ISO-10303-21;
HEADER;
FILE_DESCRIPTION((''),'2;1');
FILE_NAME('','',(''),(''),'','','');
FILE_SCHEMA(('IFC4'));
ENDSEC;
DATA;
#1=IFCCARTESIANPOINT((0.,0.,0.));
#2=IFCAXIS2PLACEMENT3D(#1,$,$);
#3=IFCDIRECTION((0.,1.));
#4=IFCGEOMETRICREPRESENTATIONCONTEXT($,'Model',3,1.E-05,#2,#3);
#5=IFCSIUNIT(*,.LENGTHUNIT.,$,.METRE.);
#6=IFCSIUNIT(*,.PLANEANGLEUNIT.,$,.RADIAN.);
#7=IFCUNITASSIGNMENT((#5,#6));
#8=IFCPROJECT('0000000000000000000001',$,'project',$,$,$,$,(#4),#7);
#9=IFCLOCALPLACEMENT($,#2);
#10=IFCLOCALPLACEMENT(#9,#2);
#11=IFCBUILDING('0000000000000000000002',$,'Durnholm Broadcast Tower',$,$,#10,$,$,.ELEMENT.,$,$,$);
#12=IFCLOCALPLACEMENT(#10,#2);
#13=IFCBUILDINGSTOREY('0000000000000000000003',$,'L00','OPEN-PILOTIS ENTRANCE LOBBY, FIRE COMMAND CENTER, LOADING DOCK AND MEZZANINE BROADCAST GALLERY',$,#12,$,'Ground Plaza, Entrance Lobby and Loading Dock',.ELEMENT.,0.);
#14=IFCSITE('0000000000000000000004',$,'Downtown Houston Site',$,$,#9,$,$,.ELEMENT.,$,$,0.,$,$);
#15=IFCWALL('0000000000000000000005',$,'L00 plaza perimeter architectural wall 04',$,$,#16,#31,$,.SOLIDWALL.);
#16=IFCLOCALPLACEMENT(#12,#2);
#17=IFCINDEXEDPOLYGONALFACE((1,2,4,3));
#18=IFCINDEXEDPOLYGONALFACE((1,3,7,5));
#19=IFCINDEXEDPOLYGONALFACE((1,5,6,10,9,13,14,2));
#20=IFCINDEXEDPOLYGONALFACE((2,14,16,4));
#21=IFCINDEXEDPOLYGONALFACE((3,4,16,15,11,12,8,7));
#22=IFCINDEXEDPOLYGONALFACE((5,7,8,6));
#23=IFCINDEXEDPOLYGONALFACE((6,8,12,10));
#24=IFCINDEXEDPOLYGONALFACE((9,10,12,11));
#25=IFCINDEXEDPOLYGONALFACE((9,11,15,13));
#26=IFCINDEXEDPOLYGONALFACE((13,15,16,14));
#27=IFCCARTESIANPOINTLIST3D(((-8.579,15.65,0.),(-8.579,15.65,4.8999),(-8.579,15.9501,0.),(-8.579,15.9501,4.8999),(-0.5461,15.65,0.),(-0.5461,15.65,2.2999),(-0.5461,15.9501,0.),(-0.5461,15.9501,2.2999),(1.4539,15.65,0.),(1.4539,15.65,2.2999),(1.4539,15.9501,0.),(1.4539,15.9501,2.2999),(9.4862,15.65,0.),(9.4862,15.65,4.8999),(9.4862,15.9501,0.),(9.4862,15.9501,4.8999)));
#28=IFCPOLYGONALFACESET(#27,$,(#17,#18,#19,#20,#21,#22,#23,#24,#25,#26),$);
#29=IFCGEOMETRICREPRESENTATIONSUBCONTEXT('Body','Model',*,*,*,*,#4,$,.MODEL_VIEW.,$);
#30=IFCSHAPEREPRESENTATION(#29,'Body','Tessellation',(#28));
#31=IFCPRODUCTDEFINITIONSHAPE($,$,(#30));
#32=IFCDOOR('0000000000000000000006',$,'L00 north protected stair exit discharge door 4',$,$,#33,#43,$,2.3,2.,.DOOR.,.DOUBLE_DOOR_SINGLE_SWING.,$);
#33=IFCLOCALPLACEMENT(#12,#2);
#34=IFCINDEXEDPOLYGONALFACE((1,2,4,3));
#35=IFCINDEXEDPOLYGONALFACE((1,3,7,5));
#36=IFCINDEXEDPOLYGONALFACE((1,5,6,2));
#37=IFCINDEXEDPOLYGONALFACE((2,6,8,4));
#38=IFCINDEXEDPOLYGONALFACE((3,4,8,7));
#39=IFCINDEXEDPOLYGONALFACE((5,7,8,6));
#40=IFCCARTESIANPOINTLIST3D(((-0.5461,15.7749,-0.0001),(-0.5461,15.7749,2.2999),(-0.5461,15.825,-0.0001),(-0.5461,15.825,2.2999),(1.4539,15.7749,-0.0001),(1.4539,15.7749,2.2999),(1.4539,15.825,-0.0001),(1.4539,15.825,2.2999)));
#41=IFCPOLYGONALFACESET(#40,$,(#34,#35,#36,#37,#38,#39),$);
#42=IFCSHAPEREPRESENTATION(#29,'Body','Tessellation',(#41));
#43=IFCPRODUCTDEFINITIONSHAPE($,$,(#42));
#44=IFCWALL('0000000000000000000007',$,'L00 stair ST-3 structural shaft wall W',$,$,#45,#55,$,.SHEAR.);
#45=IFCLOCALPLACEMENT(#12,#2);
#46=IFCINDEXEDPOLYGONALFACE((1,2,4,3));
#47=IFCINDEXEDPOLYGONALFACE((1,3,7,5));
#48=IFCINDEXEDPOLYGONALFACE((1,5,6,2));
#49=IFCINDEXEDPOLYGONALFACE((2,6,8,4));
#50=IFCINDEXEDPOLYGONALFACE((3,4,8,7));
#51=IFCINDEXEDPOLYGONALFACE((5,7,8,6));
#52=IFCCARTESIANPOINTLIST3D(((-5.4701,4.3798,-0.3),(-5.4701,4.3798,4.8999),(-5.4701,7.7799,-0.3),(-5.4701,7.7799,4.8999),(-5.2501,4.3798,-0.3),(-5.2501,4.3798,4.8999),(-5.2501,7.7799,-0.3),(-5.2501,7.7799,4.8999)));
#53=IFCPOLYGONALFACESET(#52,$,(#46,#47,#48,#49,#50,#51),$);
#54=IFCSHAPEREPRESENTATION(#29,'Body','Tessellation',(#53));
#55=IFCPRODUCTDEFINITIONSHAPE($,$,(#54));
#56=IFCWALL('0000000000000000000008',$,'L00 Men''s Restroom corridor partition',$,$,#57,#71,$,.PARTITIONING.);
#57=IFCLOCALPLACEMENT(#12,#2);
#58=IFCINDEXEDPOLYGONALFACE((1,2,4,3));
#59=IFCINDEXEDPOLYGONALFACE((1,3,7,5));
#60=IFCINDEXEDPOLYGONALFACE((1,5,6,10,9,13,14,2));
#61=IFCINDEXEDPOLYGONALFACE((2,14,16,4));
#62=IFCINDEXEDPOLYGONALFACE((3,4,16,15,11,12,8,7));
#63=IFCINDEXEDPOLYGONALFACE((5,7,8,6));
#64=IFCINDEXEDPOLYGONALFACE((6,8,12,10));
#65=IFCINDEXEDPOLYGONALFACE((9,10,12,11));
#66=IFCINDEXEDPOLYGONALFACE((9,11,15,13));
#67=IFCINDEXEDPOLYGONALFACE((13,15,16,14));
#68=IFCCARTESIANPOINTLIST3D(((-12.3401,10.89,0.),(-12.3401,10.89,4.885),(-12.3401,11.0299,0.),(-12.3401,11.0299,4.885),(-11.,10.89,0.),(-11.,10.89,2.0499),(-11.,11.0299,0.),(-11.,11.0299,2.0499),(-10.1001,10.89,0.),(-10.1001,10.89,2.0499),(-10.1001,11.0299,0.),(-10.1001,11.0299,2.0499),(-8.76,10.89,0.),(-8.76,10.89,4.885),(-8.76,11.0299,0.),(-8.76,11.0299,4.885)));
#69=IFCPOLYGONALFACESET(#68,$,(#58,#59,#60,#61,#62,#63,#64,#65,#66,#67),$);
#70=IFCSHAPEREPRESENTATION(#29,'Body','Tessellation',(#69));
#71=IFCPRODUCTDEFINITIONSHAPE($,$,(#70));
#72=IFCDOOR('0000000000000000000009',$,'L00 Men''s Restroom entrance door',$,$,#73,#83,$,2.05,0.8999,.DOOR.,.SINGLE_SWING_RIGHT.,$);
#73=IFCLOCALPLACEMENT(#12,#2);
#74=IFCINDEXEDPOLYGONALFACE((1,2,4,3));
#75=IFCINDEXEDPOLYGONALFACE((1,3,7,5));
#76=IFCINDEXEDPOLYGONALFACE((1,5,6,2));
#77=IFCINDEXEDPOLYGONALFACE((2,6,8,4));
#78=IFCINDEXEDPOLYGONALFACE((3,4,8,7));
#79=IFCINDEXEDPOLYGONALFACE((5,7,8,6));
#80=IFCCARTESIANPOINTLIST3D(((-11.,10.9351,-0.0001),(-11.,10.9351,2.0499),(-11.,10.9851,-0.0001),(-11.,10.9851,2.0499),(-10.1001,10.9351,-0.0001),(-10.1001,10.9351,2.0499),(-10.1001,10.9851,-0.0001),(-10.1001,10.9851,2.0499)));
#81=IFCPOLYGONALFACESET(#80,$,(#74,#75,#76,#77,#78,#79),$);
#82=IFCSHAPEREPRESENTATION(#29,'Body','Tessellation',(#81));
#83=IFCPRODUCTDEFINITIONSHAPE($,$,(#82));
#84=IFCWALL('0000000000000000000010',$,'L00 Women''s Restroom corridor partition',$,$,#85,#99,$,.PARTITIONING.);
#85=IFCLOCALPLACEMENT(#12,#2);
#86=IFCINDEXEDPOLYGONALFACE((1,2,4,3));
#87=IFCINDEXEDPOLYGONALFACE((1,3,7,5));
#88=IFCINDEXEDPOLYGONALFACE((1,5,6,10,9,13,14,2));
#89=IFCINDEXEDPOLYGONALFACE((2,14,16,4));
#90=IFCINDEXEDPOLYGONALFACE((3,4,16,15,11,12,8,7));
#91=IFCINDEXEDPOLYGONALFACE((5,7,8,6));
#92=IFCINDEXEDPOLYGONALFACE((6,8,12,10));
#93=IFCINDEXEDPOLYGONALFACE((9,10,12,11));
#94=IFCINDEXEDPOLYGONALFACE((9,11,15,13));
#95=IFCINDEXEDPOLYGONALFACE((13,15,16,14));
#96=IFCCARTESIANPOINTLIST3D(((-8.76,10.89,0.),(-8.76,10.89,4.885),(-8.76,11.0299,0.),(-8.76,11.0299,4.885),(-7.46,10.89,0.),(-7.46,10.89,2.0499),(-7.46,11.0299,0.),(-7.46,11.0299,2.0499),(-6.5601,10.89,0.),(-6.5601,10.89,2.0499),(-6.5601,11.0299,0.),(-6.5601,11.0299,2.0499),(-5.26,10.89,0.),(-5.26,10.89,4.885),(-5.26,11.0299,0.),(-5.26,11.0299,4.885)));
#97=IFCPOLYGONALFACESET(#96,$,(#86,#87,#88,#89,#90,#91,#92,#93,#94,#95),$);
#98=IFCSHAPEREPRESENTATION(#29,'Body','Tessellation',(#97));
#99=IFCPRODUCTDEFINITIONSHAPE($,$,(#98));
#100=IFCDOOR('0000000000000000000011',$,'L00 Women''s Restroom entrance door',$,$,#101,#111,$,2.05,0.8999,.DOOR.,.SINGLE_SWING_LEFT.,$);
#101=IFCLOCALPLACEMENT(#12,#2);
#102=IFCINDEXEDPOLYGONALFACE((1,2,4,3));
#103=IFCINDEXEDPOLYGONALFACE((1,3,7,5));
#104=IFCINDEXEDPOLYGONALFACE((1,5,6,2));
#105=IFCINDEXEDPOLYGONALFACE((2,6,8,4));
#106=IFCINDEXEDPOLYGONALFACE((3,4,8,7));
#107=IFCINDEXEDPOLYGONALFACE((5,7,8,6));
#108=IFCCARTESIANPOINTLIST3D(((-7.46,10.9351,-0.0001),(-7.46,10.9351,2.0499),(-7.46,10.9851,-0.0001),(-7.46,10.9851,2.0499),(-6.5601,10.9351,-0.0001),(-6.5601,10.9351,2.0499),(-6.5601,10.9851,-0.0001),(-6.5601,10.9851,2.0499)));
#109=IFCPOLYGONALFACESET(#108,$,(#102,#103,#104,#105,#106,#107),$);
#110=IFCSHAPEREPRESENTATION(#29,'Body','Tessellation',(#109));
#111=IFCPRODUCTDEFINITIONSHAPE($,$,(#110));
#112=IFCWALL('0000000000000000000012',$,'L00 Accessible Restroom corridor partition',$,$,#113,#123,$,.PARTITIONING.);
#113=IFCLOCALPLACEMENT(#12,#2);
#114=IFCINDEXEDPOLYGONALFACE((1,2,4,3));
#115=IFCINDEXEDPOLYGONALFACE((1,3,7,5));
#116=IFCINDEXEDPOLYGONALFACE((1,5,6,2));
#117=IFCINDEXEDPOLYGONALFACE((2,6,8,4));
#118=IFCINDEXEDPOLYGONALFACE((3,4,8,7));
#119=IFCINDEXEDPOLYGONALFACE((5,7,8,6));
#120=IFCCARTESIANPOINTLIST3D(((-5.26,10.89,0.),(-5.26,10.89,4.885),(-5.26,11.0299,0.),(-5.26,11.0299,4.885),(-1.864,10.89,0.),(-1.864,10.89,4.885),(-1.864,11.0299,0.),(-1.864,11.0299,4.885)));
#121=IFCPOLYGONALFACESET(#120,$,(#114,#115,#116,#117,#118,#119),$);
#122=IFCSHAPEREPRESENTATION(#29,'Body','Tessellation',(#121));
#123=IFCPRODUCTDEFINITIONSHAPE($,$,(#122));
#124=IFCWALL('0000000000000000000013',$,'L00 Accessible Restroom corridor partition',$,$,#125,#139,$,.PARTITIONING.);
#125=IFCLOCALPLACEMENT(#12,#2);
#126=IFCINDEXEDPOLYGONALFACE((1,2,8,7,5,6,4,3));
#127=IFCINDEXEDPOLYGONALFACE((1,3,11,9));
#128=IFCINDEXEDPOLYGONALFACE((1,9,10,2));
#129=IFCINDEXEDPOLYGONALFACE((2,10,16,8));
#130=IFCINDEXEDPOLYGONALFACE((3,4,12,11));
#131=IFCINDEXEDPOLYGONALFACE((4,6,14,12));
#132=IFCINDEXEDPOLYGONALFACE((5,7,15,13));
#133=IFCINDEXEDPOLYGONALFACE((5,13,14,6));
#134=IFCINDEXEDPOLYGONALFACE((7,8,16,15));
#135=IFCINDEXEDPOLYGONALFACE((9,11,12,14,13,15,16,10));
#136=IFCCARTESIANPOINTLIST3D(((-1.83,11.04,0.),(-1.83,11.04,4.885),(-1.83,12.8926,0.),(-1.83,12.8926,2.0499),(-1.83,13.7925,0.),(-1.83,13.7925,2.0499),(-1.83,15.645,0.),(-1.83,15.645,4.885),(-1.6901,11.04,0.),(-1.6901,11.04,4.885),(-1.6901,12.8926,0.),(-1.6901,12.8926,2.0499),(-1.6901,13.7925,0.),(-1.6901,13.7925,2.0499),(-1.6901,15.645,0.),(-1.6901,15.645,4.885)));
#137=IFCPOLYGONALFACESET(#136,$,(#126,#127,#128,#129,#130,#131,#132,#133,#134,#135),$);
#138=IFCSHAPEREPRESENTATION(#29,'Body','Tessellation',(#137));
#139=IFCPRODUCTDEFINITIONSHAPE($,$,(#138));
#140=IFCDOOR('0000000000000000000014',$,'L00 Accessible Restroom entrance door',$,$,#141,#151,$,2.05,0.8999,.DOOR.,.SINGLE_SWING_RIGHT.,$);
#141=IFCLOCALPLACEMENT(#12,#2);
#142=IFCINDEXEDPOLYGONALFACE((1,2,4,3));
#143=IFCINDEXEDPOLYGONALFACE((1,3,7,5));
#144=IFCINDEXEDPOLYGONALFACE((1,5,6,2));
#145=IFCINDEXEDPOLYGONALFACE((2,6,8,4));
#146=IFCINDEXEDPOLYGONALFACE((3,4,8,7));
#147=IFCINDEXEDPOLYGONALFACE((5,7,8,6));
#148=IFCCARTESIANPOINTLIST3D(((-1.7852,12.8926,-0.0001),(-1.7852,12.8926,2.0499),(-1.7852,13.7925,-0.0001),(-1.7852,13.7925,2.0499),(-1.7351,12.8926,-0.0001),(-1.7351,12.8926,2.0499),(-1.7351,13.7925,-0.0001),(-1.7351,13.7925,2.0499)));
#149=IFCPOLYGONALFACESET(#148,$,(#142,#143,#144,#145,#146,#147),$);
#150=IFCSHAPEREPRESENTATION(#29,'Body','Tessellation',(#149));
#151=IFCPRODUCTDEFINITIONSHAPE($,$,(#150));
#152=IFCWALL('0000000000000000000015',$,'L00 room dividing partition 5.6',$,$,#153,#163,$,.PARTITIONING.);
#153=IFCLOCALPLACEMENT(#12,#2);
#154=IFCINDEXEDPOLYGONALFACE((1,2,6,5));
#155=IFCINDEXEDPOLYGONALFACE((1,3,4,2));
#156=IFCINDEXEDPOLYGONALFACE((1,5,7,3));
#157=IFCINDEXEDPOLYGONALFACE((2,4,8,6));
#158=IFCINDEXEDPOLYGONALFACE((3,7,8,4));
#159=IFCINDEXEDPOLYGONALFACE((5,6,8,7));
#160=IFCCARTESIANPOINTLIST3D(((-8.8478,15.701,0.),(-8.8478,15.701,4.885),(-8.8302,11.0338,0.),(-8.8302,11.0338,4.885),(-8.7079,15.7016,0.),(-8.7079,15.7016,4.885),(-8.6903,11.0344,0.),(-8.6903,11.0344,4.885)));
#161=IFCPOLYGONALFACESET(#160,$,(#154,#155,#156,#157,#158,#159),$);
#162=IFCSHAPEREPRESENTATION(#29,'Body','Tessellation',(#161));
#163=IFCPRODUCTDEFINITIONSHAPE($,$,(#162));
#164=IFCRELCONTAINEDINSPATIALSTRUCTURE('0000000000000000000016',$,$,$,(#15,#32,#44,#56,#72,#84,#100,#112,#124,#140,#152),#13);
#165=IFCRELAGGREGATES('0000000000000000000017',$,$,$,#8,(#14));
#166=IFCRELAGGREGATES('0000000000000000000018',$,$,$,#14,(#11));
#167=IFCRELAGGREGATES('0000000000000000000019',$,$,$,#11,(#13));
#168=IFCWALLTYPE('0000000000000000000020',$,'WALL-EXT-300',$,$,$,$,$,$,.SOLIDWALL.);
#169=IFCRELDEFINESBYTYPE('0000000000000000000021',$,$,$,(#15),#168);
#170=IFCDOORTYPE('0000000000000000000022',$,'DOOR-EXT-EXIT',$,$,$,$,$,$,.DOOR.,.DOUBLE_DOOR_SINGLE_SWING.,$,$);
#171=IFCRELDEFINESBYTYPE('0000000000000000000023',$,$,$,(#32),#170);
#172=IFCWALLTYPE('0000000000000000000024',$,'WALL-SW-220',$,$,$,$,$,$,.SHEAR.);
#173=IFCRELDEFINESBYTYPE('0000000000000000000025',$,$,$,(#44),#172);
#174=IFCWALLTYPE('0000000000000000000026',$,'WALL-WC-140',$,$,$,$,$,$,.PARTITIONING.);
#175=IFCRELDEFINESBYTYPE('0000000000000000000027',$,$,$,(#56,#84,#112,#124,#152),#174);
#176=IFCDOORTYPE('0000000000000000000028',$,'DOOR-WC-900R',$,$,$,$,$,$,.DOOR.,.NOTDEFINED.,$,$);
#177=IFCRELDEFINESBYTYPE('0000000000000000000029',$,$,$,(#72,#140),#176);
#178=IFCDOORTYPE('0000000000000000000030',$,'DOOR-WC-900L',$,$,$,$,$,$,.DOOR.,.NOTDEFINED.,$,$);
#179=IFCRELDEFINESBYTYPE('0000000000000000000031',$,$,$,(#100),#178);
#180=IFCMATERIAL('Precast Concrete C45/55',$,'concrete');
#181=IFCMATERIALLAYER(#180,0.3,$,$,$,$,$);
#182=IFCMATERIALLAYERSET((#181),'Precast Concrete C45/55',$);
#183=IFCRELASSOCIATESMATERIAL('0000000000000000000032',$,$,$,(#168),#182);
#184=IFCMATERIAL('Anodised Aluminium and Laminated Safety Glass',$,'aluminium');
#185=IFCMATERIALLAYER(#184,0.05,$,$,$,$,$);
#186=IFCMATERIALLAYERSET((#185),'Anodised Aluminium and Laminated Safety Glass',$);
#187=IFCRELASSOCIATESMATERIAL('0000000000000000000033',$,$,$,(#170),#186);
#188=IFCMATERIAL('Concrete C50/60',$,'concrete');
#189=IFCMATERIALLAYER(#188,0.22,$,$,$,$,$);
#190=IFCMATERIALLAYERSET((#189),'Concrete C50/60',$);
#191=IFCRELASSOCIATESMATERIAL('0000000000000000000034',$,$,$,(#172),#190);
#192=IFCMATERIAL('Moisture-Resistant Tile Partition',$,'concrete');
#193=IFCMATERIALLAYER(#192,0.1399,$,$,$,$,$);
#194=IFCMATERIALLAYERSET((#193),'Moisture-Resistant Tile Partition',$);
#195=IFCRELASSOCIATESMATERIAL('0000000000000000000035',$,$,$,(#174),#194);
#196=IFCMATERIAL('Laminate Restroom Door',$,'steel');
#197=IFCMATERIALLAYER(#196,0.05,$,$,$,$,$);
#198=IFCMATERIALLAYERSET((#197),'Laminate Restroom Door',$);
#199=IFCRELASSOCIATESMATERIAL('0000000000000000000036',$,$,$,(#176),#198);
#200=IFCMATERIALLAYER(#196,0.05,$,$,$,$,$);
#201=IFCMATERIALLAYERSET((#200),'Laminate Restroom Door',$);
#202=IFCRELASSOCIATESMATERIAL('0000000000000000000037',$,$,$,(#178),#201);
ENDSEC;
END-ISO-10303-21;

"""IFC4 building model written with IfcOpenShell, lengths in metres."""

from ifc_helpers import new_model, si_unit, direction, frame, frame_2d, origin, place, context, subcontext, project, spatial, rectangle, extrude, source, transform, mapped, material, layer, layer_set, type_object, type_shapes, element, fill, save


model = new_model("IFC4")

# Units and contexts
model_context = context("Model", 3, precision=1e-05, world=origin(), true_north=direction((0.0, 1.0)))
body_context = subcontext(model_context, "Body", "Model", "MODEL_VIEW")
ifc_project = project(units=[si_unit("LENGTHUNIT", "METRE"), si_unit("PLANEANGLEUNIT", "RADIAN")], contexts=[model_context])

# Site, building, storey
site_placement = place(None, origin())
site = spatial("IfcSite", under=ifc_project, at=site_placement, Name="Downtown Houston Site", CompositionType="ELEMENT", RefElevation=0.0)
building_placement = place(site_placement, origin())
building = spatial("IfcBuilding", under=site, at=building_placement, Name="Durnholm Broadcast Tower", CompositionType="ELEMENT")
storey_placement = place(building_placement, origin())
storey = spatial("IfcBuildingStorey", under=building, at=storey_placement, Name="L00", Description="OPEN-PILOTIS ENTRANCE LOBBY, FIRE COMMAND CENTER, LOADING DOCK AND MEZZANINE BROADCAST GALLERY", LongName="Ground Plaza, Entrance Lobby and Loading Dock", CompositionType="ELEMENT", Elevation=0.0)

# Wall, opening, door
ifc_material_1 = material(Name="Precast Concrete C45/55", Category="concrete")
ifc_layer_1 = layer(ifc_material_1, 0.3)
ifc_layer_set_1 = layer_set([ifc_layer_1], Name="Precast Concrete C45/55")
wall_type_1 = type_object("IfcWallType", Name="WALL-EXT-300", PredefinedType="SOLIDWALL", material=ifc_layer_set_1)
wall_1_placement = place(storey_placement, frame((-8.5791, 15.8, 0.0), z_axis=(0.0, 0.0, 1.0), x_axis=(1.0, 0.0, 0.0)))
wall_1 = element("IfcWall", 1, at=wall_1_placement, inside=storey, type_object=wall_type_1, Name="L00 plaza perimeter architectural wall 04", PredefinedType="SOLIDWALL", context=body_context, shape_type="SweptSolid", body=[
    extrude(rectangle(XDim=18.0652, YDim=0.3, at=frame_2d((9.0327, 0.0))), origin(), (0.0, 0.0, 1.0), 4.8999),
])
opening_1_placement = place(wall_1_placement, frame((8.033, 0.0, 0.0)))
opening_1 = element("IfcOpeningElement", 2, at=opening_1_placement, cuts=wall_1, PredefinedType="OPENING", context=body_context, shape_type="SweptSolid", body=[
    extrude(rectangle(XDim=2.0, YDim=2.3, at=frame_2d((1.0, 1.1499))), frame((0.0, 0.1602, 0.0), z_axis=(0.0, -1.0, 0.0), x_axis=(1.0, 0.0, 0.0)), (0.0, 0.0, 1.0), 0.3201),
])
ifc_material_2 = material(Name="Anodised Aluminium and Laminated Safety Glass", Category="aluminium")
ifc_layer_2 = layer(ifc_material_2, 0.05)
ifc_layer_set_2 = layer_set([ifc_layer_2], Name="Anodised Aluminium and Laminated Safety Glass")
door_type_1 = type_object("IfcDoorType", Name="DOOR-EXT-EXIT", OperationType="DOUBLE_DOOR_SINGLE_SWING", PredefinedType="DOOR", material=ifc_layer_set_2)
shared_shape_1 = source(origin(), body_context, "Body", "SweptSolid", [
    extrude(rectangle(XDim=2.0, YDim=2.3, at=frame_2d((1.0, 1.1499))), frame((0.0, 0.0249, 0.0), z_axis=(0.0, -1.0, 0.0), x_axis=(1.0, 0.0, 0.0)), (0.0, 0.0, 1.0), 0.05),
])
type_shapes(door_type_1, [shared_shape_1])
door_1_placement = place(opening_1_placement, origin())
door_1 = element("IfcDoor", 3, at=door_1_placement, inside=storey, type_object=door_type_1, Name="L00 north protected stair exit discharge door 4", OperationType="DOUBLE_DOOR_SINGLE_SWING", OverallHeight=2.3, OverallWidth=2.0, PredefinedType="DOOR", context=body_context, shape_type="MappedRepresentation", body=[
    mapped(shared_shape_1, transform((0.0, 0.0, 0.0), x_axis=(1.0, 0.0, 0.0), y_axis=(0.0, 1.0, 0.0), z_axis=(0.0, 0.0, 1.0), scale=1.0)),
])
fill(opening_1, door_1)

# Wall
ifc_material_3 = material(Name="Concrete C50/60", Category="concrete")
ifc_layer_3 = layer(ifc_material_3, 0.22)
ifc_layer_set_3 = layer_set([ifc_layer_3], Name="Concrete C50/60")
wall_type_2 = type_object("IfcWallType", Name="WALL-SW-220", PredefinedType="SHEAR", material=ifc_layer_set_3)
wall_2_placement = place(storey_placement, frame((-5.3601, 7.78, -0.3), z_axis=(0.0, 0.0, 1.0), x_axis=(0.0, -1.0, 0.0)))
element("IfcWall", 4, at=wall_2_placement, inside=storey, type_object=wall_type_2, Name="L00 stair ST-3 structural shaft wall W", PredefinedType="SHEAR", context=body_context, shape_type="SweptSolid", body=[
    extrude(rectangle(XDim=3.4001, YDim=0.22, at=frame_2d((1.7002, 0.0))), origin(), (0.0, 0.0, 1.0), 5.2),
])

# Walls, openings, doors
ifc_material_4 = material(Name="Moisture-Resistant Tile Partition", Category="concrete")
ifc_layer_4 = layer(ifc_material_4, 0.1399)
ifc_layer_set_4 = layer_set([ifc_layer_4], Name="Moisture-Resistant Tile Partition")
wall_type_3 = type_object("IfcWallType", Name="WALL-WC-140", PredefinedType="PARTITIONING", material=ifc_layer_set_4)
wall_3_placement = place(storey_placement, frame((-8.76, 10.96, 0.0), z_axis=(0.0, 0.0, 1.0), x_axis=(-1.0, 0.0, 0.0)))
wall_3 = element("IfcWall", 5, at=wall_3_placement, inside=storey, type_object=wall_type_3, Name="L00 Men's Restroom corridor partition", PredefinedType="PARTITIONING", context=body_context, shape_type="SweptSolid", body=[
    extrude(rectangle(XDim=3.5801, YDim=0.1399, at=frame_2d((1.79, 0.0))), origin(), (0.0, 0.0, 1.0), 4.885),
])
opening_2_placement = place(wall_3_placement, frame((1.3401, 0.0, 0.0)))
opening_2 = element("IfcOpeningElement", 6, at=opening_2_placement, cuts=wall_3, PredefinedType="OPENING", context=body_context, shape_type="SweptSolid", body=[
    extrude(rectangle(XDim=0.8999, YDim=2.05, at=frame_2d((0.45, 1.0249))), frame((0.0, 0.0801, 0.0), z_axis=(0.0, -1.0, 0.0), x_axis=(1.0, 0.0, 0.0)), (0.0, 0.0, 1.0), 0.1599),
])
ifc_material_5 = material(Name="Laminate Restroom Door", Category="steel")
ifc_layer_5 = layer(ifc_material_5, 0.05)
ifc_layer_set_5 = layer_set([ifc_layer_5], Name="Laminate Restroom Door")
door_type_2 = type_object("IfcDoorType", Name="DOOR-WC-900R", OperationType="NOTDEFINED", PredefinedType="DOOR", material=ifc_layer_set_5)
shared_shape_2 = source(origin(), body_context, "Body", "SweptSolid", [
    extrude(rectangle(XDim=0.8999, YDim=2.05, at=frame_2d((0.45, 1.0249))), frame((0.0, 0.0249, 0.0), z_axis=(0.0, -1.0, 0.0), x_axis=(1.0, 0.0, 0.0)), (0.0, 0.0, 1.0), 0.05),
])
type_shapes(door_type_2, [shared_shape_2])
door_2_placement = place(opening_2_placement, origin())
door_2 = element("IfcDoor", 7, at=door_2_placement, inside=storey, type_object=door_type_2, Name="L00 Men's Restroom entrance door", OperationType="SINGLE_SWING_RIGHT", OverallHeight=2.05, OverallWidth=0.8999, PredefinedType="DOOR", context=body_context, shape_type="MappedRepresentation", body=[
    mapped(shared_shape_2, transform((0.0, 0.0, 0.0), x_axis=(1.0, 0.0, 0.0), y_axis=(0.0, 1.0, 0.0), z_axis=(0.0, 0.0, 1.0), scale=1.0)),
])
fill(opening_2, door_2)
wall_4_placement = place(storey_placement, frame((-5.26, 10.96, 0.0), z_axis=(0.0, 0.0, 1.0), x_axis=(-1.0, 0.0, 0.0)))
wall_4 = element("IfcWall", 8, at=wall_4_placement, inside=storey, type_object=wall_type_3, Name="L00 Women's Restroom corridor partition", PredefinedType="PARTITIONING", context=body_context, shape_type="SweptSolid", body=[
    extrude(rectangle(XDim=3.5, YDim=0.1399, at=frame_2d((1.75, 0.0))), origin(), (0.0, 0.0, 1.0), 4.885),
])
opening_3_placement = place(wall_4_placement, frame((1.3, 0.0, 0.0)))
opening_3 = element("IfcOpeningElement", 9, at=opening_3_placement, cuts=wall_4, PredefinedType="OPENING", context=body_context, shape_type="SweptSolid", body=[
    extrude(rectangle(XDim=0.8999, YDim=2.05, at=frame_2d((0.45, 1.0249))), frame((0.0, 0.0801, 0.0), z_axis=(0.0, -1.0, 0.0), x_axis=(1.0, 0.0, 0.0)), (0.0, 0.0, 1.0), 0.1599),
])
ifc_layer_6 = layer(ifc_material_5, 0.05)
ifc_layer_set_6 = layer_set([ifc_layer_6], Name="Laminate Restroom Door")
door_type_3 = type_object("IfcDoorType", Name="DOOR-WC-900L", OperationType="NOTDEFINED", PredefinedType="DOOR", material=ifc_layer_set_6)
shared_shape_3 = source(origin(), body_context, "Body", "SweptSolid", [
    extrude(rectangle(XDim=0.8999, YDim=2.05, at=frame_2d((0.45, 1.0249))), frame((0.0, 0.0249, 0.0), z_axis=(0.0, -1.0, 0.0), x_axis=(1.0, 0.0, 0.0)), (0.0, 0.0, 1.0), 0.05),
])
type_shapes(door_type_3, [shared_shape_3])
door_3_placement = place(opening_3_placement, origin())
door_3 = element("IfcDoor", 10, at=door_3_placement, inside=storey, type_object=door_type_3, Name="L00 Women's Restroom entrance door", OperationType="SINGLE_SWING_LEFT", OverallHeight=2.05, OverallWidth=0.8999, PredefinedType="DOOR", context=body_context, shape_type="MappedRepresentation", body=[
    mapped(shared_shape_3, transform((0.0, 0.0, 0.0), x_axis=(1.0, 0.0, 0.0), y_axis=(0.0, 1.0, 0.0), z_axis=(0.0, 0.0, 1.0), scale=1.0)),
])
fill(opening_3, door_3)

# Wall
wall_5_placement = place(storey_placement, frame((-1.864, 10.96, 0.0), z_axis=(0.0, 0.0, 1.0), x_axis=(-1.0, 0.0, 0.0)))
element("IfcWall", 11, at=wall_5_placement, inside=storey, type_object=wall_type_3, Name="L00 Accessible Restroom corridor partition", PredefinedType="PARTITIONING", context=body_context, shape_type="SweptSolid", body=[
    extrude(rectangle(XDim=3.396, YDim=0.1399, at=frame_2d((1.698, 0.0))), origin(), (0.0, 0.0, 1.0), 4.885),
])

# Wall, opening, door
wall_6_placement = place(storey_placement, frame((-1.76, 15.645, 0.0), z_axis=(0.0, 0.0, 1.0), x_axis=(0.0, -1.0, 0.0)))
wall_6 = element("IfcWall", 12, at=wall_6_placement, inside=storey, type_object=wall_type_3, Name="L00 Accessible Restroom corridor partition", PredefinedType="PARTITIONING", context=body_context, shape_type="SweptSolid", body=[
    extrude(rectangle(XDim=4.605, YDim=0.1399, at=frame_2d((2.3025, 0.0))), origin(), (0.0, 0.0, 1.0), 4.885),
])
opening_4_placement = place(wall_6_placement, frame((1.8525, 0.0, 0.0)))
opening_4 = element("IfcOpeningElement", 13, at=opening_4_placement, cuts=wall_6, PredefinedType="OPENING", context=body_context, shape_type="SweptSolid", body=[
    extrude(rectangle(XDim=0.8999, YDim=2.05, at=frame_2d((0.45, 1.0249))), frame((0.0, 0.0801, 0.0), z_axis=(0.0, -1.0, 0.0), x_axis=(1.0, 0.0, 0.0)), (0.0, 0.0, 1.0), 0.1599),
])
door_4_placement = place(opening_4_placement, origin())
door_4 = element("IfcDoor", 14, at=door_4_placement, inside=storey, type_object=door_type_2, Name="L00 Accessible Restroom entrance door", OperationType="SINGLE_SWING_RIGHT", OverallHeight=2.05, OverallWidth=0.8999, PredefinedType="DOOR", context=body_context, shape_type="MappedRepresentation", body=[
    mapped(shared_shape_2, transform((0.0, 0.0, 0.0), x_axis=(1.0, 0.0, 0.0), y_axis=(0.0, 1.0, 0.0), z_axis=(0.0, 0.0, 1.0), scale=1.0)),
])
fill(opening_4, door_4)

# Wall
wall_7_placement = place(storey_placement, frame((-8.7778, 15.7012, 0.0), z_axis=(0.0, 0.0, 1.0), x_axis=(0.003766, -0.999993, 0.0)))
element("IfcWall", 15, at=wall_7_placement, inside=storey, type_object=wall_type_3, Name="L00 room dividing partition 5.6", PredefinedType="PARTITIONING", context=body_context, shape_type="SweptSolid", body=[
    extrude(rectangle(XDim=4.6672, YDim=0.1399, at=frame_2d((2.3335, 0.0))), origin(), (0.0, 0.0, 1.0), 4.885),
])

save(model, "model.ifc")
